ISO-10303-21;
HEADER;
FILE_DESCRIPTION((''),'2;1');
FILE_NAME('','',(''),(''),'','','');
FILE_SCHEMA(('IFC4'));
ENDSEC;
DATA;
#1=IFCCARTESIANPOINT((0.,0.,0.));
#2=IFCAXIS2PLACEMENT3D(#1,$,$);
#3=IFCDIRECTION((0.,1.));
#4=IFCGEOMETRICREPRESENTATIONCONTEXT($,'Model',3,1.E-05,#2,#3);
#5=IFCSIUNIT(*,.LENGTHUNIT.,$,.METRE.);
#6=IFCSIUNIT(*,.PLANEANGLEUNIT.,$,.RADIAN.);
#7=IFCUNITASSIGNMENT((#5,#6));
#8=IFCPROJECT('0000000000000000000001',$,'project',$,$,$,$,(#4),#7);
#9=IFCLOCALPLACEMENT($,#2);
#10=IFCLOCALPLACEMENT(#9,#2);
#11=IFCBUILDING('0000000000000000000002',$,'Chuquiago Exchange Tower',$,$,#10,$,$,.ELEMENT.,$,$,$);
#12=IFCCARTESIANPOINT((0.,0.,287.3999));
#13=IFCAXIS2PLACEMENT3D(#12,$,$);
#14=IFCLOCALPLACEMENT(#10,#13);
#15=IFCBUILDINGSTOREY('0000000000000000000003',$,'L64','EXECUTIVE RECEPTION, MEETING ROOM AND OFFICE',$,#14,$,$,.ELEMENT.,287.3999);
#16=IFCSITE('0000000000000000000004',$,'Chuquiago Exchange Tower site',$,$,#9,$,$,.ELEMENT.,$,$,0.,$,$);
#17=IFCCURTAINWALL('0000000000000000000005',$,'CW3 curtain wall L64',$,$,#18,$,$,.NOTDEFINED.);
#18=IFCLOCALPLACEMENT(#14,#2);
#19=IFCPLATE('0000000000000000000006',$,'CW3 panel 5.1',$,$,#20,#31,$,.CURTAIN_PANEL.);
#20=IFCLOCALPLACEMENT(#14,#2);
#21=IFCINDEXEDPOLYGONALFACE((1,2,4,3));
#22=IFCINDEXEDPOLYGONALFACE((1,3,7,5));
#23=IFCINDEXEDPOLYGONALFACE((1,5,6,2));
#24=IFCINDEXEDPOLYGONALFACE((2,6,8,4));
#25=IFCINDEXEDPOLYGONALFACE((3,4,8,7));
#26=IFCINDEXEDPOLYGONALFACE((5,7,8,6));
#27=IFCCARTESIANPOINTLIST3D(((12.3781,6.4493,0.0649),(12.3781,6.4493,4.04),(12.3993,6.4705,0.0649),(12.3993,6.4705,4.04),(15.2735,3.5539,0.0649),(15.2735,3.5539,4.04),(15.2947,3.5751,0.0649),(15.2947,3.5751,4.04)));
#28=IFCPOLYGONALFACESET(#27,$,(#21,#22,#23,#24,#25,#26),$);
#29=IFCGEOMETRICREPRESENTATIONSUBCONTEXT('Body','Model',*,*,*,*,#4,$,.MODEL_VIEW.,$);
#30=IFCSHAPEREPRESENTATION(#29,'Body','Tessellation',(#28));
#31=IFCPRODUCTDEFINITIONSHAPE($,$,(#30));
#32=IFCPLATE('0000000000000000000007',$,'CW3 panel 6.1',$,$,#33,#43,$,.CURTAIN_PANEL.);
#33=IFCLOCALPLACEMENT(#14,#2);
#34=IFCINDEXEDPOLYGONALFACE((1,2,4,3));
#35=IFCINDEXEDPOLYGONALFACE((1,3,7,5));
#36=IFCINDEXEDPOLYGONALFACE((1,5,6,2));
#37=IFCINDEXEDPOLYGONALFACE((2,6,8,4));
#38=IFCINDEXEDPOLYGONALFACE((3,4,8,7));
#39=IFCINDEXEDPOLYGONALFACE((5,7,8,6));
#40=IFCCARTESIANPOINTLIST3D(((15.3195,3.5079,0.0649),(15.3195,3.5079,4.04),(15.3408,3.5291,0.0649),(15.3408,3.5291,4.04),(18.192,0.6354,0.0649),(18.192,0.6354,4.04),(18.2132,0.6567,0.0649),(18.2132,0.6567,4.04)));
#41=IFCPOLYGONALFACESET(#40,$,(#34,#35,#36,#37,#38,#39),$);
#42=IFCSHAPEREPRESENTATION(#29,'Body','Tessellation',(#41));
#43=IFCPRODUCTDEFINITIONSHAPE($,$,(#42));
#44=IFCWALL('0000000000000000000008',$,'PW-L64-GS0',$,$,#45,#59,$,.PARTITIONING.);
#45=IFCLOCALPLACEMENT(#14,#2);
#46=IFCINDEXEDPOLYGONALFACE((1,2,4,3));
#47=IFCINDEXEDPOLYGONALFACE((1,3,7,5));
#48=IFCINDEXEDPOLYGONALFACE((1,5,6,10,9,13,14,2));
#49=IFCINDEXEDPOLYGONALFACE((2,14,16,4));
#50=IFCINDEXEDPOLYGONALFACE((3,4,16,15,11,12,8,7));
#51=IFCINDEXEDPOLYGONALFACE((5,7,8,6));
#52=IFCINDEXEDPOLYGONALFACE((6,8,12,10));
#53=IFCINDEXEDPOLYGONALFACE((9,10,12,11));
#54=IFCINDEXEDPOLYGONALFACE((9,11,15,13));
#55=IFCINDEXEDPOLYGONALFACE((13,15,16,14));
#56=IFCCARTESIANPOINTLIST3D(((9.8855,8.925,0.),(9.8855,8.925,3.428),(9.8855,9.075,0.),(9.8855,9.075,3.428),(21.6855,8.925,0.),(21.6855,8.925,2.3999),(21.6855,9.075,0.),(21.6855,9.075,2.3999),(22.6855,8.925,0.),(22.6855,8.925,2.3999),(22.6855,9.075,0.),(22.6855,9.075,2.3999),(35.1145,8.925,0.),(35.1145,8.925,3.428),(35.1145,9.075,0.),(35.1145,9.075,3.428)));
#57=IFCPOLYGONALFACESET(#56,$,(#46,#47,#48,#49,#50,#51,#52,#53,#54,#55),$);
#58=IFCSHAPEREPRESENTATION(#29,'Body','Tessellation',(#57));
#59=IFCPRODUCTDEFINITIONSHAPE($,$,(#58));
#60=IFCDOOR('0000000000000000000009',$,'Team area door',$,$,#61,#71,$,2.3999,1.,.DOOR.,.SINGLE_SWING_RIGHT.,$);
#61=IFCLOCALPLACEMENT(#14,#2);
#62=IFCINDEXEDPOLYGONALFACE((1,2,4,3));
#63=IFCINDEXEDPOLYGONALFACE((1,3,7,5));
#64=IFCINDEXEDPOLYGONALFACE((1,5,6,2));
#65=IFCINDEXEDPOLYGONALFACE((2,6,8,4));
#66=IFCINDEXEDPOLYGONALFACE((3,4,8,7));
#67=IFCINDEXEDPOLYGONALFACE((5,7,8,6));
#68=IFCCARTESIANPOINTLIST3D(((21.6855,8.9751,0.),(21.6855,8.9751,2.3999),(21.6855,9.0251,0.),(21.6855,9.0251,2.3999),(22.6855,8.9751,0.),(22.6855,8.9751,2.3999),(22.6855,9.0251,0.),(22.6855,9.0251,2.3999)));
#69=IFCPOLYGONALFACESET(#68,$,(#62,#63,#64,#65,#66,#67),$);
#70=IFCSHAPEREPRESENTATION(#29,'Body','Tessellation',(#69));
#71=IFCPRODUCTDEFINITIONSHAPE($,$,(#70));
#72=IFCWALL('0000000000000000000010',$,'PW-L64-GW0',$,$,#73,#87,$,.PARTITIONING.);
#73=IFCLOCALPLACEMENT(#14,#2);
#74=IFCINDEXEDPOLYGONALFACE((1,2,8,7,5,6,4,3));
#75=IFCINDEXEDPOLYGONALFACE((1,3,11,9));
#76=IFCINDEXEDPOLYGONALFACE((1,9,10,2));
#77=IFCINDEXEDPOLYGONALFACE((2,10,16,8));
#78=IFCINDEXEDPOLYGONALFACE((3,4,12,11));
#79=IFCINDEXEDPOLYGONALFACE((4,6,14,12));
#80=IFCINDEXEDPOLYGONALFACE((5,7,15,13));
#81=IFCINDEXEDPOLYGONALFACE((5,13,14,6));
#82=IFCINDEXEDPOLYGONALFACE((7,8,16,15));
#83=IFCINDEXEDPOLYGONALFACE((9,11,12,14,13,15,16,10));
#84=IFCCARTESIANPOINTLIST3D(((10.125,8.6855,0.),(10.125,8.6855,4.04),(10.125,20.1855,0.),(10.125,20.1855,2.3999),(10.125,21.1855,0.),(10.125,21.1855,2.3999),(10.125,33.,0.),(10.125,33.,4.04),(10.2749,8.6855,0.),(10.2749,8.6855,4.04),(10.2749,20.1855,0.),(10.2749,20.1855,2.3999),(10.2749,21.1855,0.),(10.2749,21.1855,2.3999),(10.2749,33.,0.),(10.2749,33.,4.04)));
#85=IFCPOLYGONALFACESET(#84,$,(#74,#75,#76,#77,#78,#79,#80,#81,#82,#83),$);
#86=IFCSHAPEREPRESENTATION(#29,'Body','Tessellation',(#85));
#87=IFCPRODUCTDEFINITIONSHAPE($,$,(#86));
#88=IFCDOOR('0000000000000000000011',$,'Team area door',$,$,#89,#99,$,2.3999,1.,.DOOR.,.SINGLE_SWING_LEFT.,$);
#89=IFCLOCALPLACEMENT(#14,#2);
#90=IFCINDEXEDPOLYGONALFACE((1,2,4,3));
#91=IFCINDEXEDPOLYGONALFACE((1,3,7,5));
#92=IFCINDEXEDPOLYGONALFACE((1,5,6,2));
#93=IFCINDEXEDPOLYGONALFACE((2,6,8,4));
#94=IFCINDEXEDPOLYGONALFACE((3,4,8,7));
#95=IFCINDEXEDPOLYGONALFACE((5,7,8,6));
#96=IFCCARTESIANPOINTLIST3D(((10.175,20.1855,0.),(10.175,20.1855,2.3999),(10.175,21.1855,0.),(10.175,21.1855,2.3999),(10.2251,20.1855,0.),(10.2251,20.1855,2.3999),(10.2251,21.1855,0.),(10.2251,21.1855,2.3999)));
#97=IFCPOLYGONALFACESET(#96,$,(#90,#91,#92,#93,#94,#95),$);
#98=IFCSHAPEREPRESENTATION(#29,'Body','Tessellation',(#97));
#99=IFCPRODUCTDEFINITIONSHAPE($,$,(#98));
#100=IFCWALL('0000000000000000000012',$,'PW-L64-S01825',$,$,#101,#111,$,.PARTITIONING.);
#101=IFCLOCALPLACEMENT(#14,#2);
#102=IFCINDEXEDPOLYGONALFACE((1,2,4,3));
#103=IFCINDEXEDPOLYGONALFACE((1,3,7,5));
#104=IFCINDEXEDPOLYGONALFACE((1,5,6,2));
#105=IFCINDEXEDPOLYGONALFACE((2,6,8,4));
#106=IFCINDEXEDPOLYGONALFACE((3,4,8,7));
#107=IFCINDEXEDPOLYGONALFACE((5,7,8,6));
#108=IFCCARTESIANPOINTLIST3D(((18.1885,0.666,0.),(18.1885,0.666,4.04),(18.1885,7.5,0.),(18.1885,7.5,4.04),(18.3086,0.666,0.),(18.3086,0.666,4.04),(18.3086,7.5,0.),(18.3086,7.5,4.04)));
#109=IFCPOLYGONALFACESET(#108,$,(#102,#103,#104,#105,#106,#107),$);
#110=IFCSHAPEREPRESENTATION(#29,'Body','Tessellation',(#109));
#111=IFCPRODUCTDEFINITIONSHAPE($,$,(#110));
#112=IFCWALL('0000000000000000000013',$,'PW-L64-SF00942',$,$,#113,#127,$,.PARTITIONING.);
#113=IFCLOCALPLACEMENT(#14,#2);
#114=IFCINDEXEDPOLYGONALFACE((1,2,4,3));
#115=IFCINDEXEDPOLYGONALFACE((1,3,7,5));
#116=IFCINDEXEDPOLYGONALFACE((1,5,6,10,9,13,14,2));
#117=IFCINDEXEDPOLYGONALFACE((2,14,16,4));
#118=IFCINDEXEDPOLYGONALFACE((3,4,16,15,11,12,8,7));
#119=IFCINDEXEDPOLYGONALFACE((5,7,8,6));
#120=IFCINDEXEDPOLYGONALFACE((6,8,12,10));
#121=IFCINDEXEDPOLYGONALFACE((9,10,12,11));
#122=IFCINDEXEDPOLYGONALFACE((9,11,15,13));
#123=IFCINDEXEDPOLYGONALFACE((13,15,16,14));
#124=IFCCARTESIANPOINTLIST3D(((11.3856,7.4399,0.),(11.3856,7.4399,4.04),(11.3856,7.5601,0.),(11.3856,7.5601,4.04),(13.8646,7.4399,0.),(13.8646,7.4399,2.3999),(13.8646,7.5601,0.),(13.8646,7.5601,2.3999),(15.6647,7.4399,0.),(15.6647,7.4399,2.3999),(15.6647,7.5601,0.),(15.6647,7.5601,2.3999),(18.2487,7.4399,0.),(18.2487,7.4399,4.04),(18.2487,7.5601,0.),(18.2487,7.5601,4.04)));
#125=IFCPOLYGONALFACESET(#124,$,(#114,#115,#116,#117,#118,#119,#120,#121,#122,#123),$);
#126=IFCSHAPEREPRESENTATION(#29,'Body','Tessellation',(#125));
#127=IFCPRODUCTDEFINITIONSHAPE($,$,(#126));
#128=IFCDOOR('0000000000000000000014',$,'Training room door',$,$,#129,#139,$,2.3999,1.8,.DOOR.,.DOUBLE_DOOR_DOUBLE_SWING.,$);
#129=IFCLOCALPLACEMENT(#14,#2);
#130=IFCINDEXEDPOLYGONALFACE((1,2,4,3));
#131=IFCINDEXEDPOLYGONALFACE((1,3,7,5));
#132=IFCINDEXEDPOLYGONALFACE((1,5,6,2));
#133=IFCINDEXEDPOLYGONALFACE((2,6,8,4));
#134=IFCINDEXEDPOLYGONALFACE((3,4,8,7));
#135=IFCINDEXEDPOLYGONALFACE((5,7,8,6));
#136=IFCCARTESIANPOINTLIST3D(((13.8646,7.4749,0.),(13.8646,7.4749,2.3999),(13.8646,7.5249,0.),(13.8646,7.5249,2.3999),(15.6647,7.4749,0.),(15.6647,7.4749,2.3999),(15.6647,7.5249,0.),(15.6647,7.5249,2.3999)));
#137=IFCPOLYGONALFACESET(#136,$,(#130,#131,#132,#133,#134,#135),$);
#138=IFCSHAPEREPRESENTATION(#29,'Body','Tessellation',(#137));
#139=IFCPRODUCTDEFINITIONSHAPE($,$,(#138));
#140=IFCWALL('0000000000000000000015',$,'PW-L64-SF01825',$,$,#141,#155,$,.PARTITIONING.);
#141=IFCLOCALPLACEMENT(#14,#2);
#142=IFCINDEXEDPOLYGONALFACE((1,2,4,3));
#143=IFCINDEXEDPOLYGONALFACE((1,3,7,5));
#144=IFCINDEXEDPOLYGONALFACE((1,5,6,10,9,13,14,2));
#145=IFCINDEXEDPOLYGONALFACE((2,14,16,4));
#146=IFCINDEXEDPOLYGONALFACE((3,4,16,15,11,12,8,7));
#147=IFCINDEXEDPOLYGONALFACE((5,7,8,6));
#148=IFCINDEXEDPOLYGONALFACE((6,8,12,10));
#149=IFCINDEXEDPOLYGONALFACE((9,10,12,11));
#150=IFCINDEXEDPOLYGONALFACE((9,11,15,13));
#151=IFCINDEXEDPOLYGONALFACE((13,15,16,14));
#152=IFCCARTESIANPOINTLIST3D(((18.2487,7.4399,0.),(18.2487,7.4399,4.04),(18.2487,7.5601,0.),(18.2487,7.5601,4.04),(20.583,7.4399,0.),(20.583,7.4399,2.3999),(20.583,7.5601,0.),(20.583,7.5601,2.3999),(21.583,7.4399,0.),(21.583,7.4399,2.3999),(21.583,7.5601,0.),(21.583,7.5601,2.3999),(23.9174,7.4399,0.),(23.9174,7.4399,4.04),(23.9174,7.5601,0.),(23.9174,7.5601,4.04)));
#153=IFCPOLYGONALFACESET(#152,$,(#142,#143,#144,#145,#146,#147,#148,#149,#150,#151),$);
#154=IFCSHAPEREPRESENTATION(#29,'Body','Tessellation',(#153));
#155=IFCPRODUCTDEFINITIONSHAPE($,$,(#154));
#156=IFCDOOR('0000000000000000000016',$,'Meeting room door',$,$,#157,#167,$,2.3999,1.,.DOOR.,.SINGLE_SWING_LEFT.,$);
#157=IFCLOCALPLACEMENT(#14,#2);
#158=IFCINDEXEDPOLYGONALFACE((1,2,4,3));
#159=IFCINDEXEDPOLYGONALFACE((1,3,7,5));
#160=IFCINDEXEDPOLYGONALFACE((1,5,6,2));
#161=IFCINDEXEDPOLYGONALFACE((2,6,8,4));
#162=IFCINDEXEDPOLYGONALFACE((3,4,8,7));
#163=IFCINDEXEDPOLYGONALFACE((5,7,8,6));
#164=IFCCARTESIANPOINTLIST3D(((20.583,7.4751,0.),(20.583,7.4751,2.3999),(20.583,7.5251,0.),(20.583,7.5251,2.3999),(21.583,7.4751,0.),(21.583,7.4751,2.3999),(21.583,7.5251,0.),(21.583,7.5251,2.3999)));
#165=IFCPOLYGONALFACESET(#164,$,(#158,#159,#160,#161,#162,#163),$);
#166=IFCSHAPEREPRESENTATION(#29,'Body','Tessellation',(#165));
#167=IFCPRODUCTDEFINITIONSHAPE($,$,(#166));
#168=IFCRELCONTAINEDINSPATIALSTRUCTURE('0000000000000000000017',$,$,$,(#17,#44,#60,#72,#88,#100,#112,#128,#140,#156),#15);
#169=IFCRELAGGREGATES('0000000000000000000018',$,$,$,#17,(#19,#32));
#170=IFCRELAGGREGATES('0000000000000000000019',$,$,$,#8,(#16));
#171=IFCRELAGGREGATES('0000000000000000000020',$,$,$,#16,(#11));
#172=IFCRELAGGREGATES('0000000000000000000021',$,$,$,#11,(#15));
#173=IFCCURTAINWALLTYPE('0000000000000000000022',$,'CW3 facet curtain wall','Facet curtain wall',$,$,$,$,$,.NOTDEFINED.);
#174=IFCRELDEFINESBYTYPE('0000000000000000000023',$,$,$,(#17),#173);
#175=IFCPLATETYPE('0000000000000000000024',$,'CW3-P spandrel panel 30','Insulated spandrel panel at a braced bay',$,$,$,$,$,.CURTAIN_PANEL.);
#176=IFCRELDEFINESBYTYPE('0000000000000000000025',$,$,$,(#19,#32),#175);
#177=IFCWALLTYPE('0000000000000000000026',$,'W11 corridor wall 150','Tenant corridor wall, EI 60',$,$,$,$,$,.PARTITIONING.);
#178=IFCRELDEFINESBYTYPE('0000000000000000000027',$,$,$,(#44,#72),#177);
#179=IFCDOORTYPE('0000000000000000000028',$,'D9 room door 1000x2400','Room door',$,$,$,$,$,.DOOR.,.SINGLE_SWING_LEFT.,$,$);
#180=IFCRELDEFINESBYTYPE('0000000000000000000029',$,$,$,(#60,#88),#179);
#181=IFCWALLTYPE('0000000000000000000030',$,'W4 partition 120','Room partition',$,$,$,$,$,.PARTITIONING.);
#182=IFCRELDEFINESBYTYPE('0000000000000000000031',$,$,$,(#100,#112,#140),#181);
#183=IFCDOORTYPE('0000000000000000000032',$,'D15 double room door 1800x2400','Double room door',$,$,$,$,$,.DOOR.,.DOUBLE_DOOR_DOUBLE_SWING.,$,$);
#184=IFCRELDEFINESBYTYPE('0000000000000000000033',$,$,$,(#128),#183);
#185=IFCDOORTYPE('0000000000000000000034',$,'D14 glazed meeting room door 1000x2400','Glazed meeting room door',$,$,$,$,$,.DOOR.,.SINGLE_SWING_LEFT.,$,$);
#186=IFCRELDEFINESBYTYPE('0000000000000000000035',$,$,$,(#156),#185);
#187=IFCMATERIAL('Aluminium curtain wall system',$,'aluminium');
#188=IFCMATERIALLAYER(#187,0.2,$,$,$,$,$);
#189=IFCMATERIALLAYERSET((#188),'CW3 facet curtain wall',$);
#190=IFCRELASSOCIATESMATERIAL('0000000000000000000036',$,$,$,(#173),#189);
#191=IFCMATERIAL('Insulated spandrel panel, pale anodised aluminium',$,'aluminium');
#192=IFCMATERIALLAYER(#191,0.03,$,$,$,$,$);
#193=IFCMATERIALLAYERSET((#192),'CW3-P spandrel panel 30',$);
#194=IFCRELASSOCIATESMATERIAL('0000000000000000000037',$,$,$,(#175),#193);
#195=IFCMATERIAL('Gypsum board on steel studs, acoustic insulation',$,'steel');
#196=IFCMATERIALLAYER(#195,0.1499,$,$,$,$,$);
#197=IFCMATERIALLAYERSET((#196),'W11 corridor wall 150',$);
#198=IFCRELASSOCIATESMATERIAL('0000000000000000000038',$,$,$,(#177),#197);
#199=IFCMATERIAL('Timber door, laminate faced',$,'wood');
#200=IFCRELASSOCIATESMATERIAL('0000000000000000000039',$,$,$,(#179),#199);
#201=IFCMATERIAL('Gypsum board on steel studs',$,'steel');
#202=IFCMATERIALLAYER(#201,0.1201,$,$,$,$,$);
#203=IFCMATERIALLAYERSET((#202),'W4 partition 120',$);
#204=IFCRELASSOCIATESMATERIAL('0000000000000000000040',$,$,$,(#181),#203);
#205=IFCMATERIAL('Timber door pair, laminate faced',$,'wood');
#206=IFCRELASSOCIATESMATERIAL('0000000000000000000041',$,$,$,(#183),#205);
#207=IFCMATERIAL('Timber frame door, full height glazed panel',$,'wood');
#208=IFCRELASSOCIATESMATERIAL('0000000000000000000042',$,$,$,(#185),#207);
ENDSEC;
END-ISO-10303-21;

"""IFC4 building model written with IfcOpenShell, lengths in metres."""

from ifc_helpers import new_model, si_unit, direction, frame, frame_2d, origin, origin_2d, place, context, subcontext, project, spatial, rectangle, extrude, material, layer, layer_set, type_object, element, fill, aggregate, save


model = new_model("IFC4")

# Units and contexts
model_context = context("Model", 3, precision=1e-05, world=origin(), true_north=direction((0.0, 1.0)))
body_context = subcontext(model_context, "Body", "Model", "MODEL_VIEW")
ifc_project = project(units=[si_unit("LENGTHUNIT", "METRE"), si_unit("PLANEANGLEUNIT", "RADIAN")], contexts=[model_context])

# Site, building, storey
site_placement = place(None, origin())
site = spatial("IfcSite", under=ifc_project, at=site_placement, Name="Chuquiago Exchange Tower site", CompositionType="ELEMENT", RefElevation=0.0)
building_placement = place(site_placement, origin())
building = spatial("IfcBuilding", under=site, at=building_placement, Name="Chuquiago Exchange Tower", CompositionType="ELEMENT")
storey_placement = place(building_placement, frame((0.0, 0.0, 287.3999)))
storey = spatial("IfcBuildingStorey", under=building, at=storey_placement, Name="L64", Description="EXECUTIVE RECEPTION, MEETING ROOM AND OFFICE", CompositionType="ELEMENT", Elevation=287.3999)

# Curtain wall
ifc_material_1 = material(Name="Aluminium curtain wall system", Category="aluminium")
ifc_layer_1 = layer(ifc_material_1, 0.2)
ifc_layer_set_1 = layer_set([ifc_layer_1], Name="CW3 facet curtain wall")
curtain_wall_type = type_object("IfcCurtainWallType", Name="CW3 facet curtain wall", Description="Facet curtain wall", PredefinedType="NOTDEFINED", material=ifc_layer_set_1)
curtain_wall_placement = place(storey_placement, origin())
curtain_wall = element("IfcCurtainWall", 1, at=curtain_wall_placement, inside=storey, type_object=curtain_wall_type, Name="CW3 curtain wall L64", PredefinedType="NOTDEFINED")

# Plates
ifc_material_2 = material(Name="Insulated spandrel panel, pale anodised aluminium", Category="aluminium")
ifc_layer_2 = layer(ifc_material_2, 0.03)
ifc_layer_set_2 = layer_set([ifc_layer_2], Name="CW3-P spandrel panel 30")
plate_type = type_object("IfcPlateType", Name="CW3-P spandrel panel 30", Description="Insulated spandrel panel at a braced bay", PredefinedType="CURTAIN_PANEL", material=ifc_layer_set_2)
plate_1_placement = place(storey_placement, frame((13.8364, 5.0122, 0.0649), z_axis=(0.0, 0.0, 1.0), x_axis=(0.707107, -0.707107, 0.0)))
plate_1 = element("IfcPlate", 2, at=plate_1_placement, type_object=plate_type, Name="CW3 panel 5.1", PredefinedType="CURTAIN_PANEL", context=body_context, shape_type="SweptSolid", body=[
    extrude(rectangle(XDim=4.0947, YDim=0.03, at=origin_2d()), origin(), (0.0, 0.0, 1.0), 3.9751),
])
plate_2_placement = place(storey_placement, frame((16.7664, 2.0823, 0.0649), z_axis=(0.0, 0.0, 1.0), x_axis=(0.707107, -0.707107, 0.0)))
plate_2 = element("IfcPlate", 3, at=plate_2_placement, type_object=plate_type, Name="CW3 panel 6.1", PredefinedType="CURTAIN_PANEL", context=body_context, shape_type="SweptSolid", body=[
    extrude(rectangle(XDim=4.0623, YDim=0.03, at=origin_2d()), origin(), (0.0, 0.0, 1.0), 3.9751),
])
aggregate(curtain_wall, [plate_1, plate_2])

# Walls, openings, doors
ifc_material_3 = material(Name="Gypsum board on steel studs, acoustic insulation", Category="steel")
ifc_layer_3 = layer(ifc_material_3, 0.1499)
ifc_layer_set_3 = layer_set([ifc_layer_3], Name="W11 corridor wall 150")
wall_type_1 = type_object("IfcWallType", Name="W11 corridor wall 150", Description="Tenant corridor wall, EI 60", PredefinedType="PARTITIONING", material=ifc_layer_set_3)
wall_1_placement = place(storey_placement, frame((9.8855, 9.0, 0.0), z_axis=(0.0, 0.0, 1.0), x_axis=(1.0, 0.0, 0.0)))
wall_1 = element("IfcWall", 4, at=wall_1_placement, inside=storey, type_object=wall_type_1, Name="PW-L64-GS0", PredefinedType="PARTITIONING", context=body_context, shape_type="SweptSolid", body=[
    extrude(rectangle(XDim=25.229, YDim=0.1499, at=frame_2d((12.6145, 0.0))), origin(), (0.0, 0.0, 1.0), 3.428),
])
opening_1_placement = place(wall_1_placement, frame((11.8, 0.0, 0.0)))
opening_1 = element("IfcOpeningElement", 5, at=opening_1_placement, cuts=wall_1, PredefinedType="OPENING", context=body_context, shape_type="SweptSolid", body=[
    extrude(rectangle(XDim=1.0, YDim=2.3999, at=frame_2d((0.5, 1.2))), frame((0.0, 0.085, 0.0), z_axis=(0.0, -1.0, 0.0), x_axis=(1.0, 0.0, 0.0)), (0.0, 0.0, 1.0), 0.1699),
])
ifc_material_4 = material(Name="Timber door, laminate faced", Category="wood")
door_type_1 = type_object("IfcDoorType", Name="D9 room door 1000x2400", Description="Room door", OperationType="SINGLE_SWING_LEFT", PredefinedType="DOOR", material=ifc_material_4)
door_1_placement = place(opening_1_placement, frame((1.0, 0.0, 0.0), z_axis=(0.0, 0.0, 1.0), x_axis=(-1.0, 0.0, 0.0)))
door_1 = element("IfcDoor", 6, at=door_1_placement, inside=storey, type_object=door_type_1, Name="Team area door", OperationType="SINGLE_SWING_RIGHT", OverallHeight=2.3999, OverallWidth=1.0, PredefinedType="DOOR", context=body_context, shape_type="SweptSolid", body=[
    extrude(rectangle(XDim=1.0, YDim=2.3999, at=frame_2d((0.5, 1.2))), frame((0.0, 0.0249, 0.0), z_axis=(0.0, -1.0, 0.0), x_axis=(1.0, 0.0, 0.0)), (0.0, 0.0, 1.0), 0.05),
])
fill(opening_1, door_1)
wall_2_placement = place(storey_placement, frame((10.2, 8.6855, 0.0), z_axis=(0.0, 0.0, 1.0), x_axis=(0.0, 1.0, 0.0)))
wall_2 = element("IfcWall", 7, at=wall_2_placement, inside=storey, type_object=wall_type_1, Name="PW-L64-GW0", PredefinedType="PARTITIONING", context=body_context, shape_type="SweptSolid", body=[
    extrude(rectangle(XDim=24.3145, YDim=0.1499, at=frame_2d((12.1572, 0.0))), origin(), (0.0, 0.0, 1.0), 4.04),
])
opening_2_placement = place(wall_2_placement, frame((11.5, 0.0, 0.0)))
opening_2 = element("IfcOpeningElement", 8, at=opening_2_placement, cuts=wall_2, PredefinedType="OPENING", context=body_context, shape_type="SweptSolid", body=[
    extrude(rectangle(XDim=1.0, YDim=2.3999, at=frame_2d((0.5, 1.2))), frame((0.0, 0.085, 0.0), z_axis=(0.0, -1.0, 0.0), x_axis=(1.0, 0.0, 0.0)), (0.0, 0.0, 1.0), 0.1699),
])
door_2_placement = place(opening_2_placement, origin())
door_2 = element("IfcDoor", 9, at=door_2_placement, inside=storey, type_object=door_type_1, Name="Team area door", OperationType="SINGLE_SWING_LEFT", OverallHeight=2.3999, OverallWidth=1.0, PredefinedType="DOOR", context=body_context, shape_type="SweptSolid", body=[
    extrude(rectangle(XDim=1.0, YDim=2.3999, at=frame_2d((0.5, 1.2))), frame((0.0, 0.0249, 0.0), z_axis=(0.0, -1.0, 0.0), x_axis=(1.0, 0.0, 0.0)), (0.0, 0.0, 1.0), 0.05),
])
fill(opening_2, door_2)

# Wall
ifc_material_5 = material(Name="Gypsum board on steel studs", Category="steel")
ifc_layer_4 = layer(ifc_material_5, 0.1201)
ifc_layer_set_4 = layer_set([ifc_layer_4], Name="W4 partition 120")
wall_type_2 = type_object("IfcWallType", Name="W4 partition 120", Description="Room partition", PredefinedType="PARTITIONING", material=ifc_layer_set_4)
wall_3_placement = place(storey_placement, frame((18.2485, 0.666, 0.0), z_axis=(0.0, 0.0, 1.0), x_axis=(0.0, 1.0, 0.0)))
element("IfcWall", 10, at=wall_3_placement, inside=storey, type_object=wall_type_2, Name="PW-L64-S01825", PredefinedType="PARTITIONING", context=body_context, shape_type="SweptSolid", body=[
    extrude(rectangle(XDim=6.834, YDim=0.1201, at=frame_2d((3.417, 0.0))), origin(), (0.0, 0.0, 1.0), 4.04),
])

# Walls, openings, doors
wall_4_placement = place(storey_placement, frame((11.3855, 7.5, 0.0), z_axis=(0.0, 0.0, 1.0), x_axis=(1.0, 0.0, 0.0)))
wall_4 = element("IfcWall", 11, at=wall_4_placement, inside=storey, type_object=wall_type_2, Name="PW-L64-SF00942", PredefinedType="PARTITIONING", context=body_context, shape_type="SweptSolid", body=[
    extrude(rectangle(XDim=6.863, YDim=0.1201, at=frame_2d((3.4316, 0.0))), origin(), (0.0, 0.0, 1.0), 4.04),
])
opening_3_placement = place(wall_4_placement, frame((2.4792, 0.0, 0.0)))
opening_3 = element("IfcOpeningElement", 12, at=opening_3_placement, cuts=wall_4, PredefinedType="OPENING", context=body_context, shape_type="SweptSolid", body=[
    extrude(rectangle(XDim=1.8, YDim=2.3999, at=frame_2d((0.8999, 1.2))), frame((0.0, 0.0701, 0.0), z_axis=(0.0, -1.0, 0.0), x_axis=(1.0, 0.0, 0.0)), (0.0, 0.0, 1.0), 0.1401),
])
ifc_material_6 = material(Name="Timber door pair, laminate faced", Category="wood")
door_type_2 = type_object("IfcDoorType", Name="D15 double room door 1800x2400", Description="Double room door", OperationType="DOUBLE_DOOR_DOUBLE_SWING", PredefinedType="DOOR", material=ifc_material_6)
door_3_placement = place(opening_3_placement, origin())
door_3 = element("IfcDoor", 13, at=door_3_placement, inside=storey, type_object=door_type_2, Name="Training room door", OperationType="DOUBLE_DOOR_DOUBLE_SWING", OverallHeight=2.3999, OverallWidth=1.8, PredefinedType="DOOR", context=body_context, shape_type="SweptSolid", body=[
    extrude(rectangle(XDim=1.8, YDim=2.3999, at=frame_2d((0.8999, 1.2))), frame((0.0, 0.0249, 0.0), z_axis=(0.0, -1.0, 0.0), x_axis=(1.0, 0.0, 0.0)), (0.0, 0.0, 1.0), 0.05),
])
fill(opening_3, door_3)
wall_5_placement = place(storey_placement, frame((18.2485, 7.5, 0.0), z_axis=(0.0, 0.0, 1.0), x_axis=(1.0, 0.0, 0.0)))
wall_5 = element("IfcWall", 14, at=wall_5_placement, inside=storey, type_object=wall_type_2, Name="PW-L64-SF01825", PredefinedType="PARTITIONING", context=body_context, shape_type="SweptSolid", body=[
    extrude(rectangle(XDim=5.6687, YDim=0.1201, at=frame_2d((2.8345, 0.0))), origin(), (0.0, 0.0, 1.0), 4.04),
])
opening_4_placement = place(wall_5_placement, frame((2.3345, 0.0, 0.0)))
opening_4 = element("IfcOpeningElement", 15, at=opening_4_placement, cuts=wall_5, PredefinedType="OPENING", context=body_context, shape_type="SweptSolid", body=[
    extrude(rectangle(XDim=1.0, YDim=2.3999, at=frame_2d((0.5, 1.2))), frame((0.0, 0.0701, 0.0), z_axis=(0.0, -1.0, 0.0), x_axis=(1.0, 0.0, 0.0)), (0.0, 0.0, 1.0), 0.1401),
])
ifc_material_7 = material(Name="Timber frame door, full height glazed panel", Category="wood")
door_type_3 = type_object("IfcDoorType", Name="D14 glazed meeting room door 1000x2400", Description="Glazed meeting room door", OperationType="SINGLE_SWING_LEFT", PredefinedType="DOOR", material=ifc_material_7)
door_4_placement = place(opening_4_placement, frame((1.0, 0.0, 0.0), z_axis=(0.0, 0.0, 1.0), x_axis=(-1.0, 0.0, 0.0)))
door_4 = element("IfcDoor", 16, at=door_4_placement, inside=storey, type_object=door_type_3, Name="Meeting room door", OperationType="SINGLE_SWING_LEFT", OverallHeight=2.3999, OverallWidth=1.0, PredefinedType="DOOR", context=body_context, shape_type="SweptSolid", body=[
    extrude(rectangle(XDim=1.0, YDim=2.3999, at=frame_2d((0.5, 1.2))), frame((0.0, 0.0249, 0.0), z_axis=(0.0, -1.0, 0.0), x_axis=(1.0, 0.0, 0.0)), (0.0, 0.0, 1.0), 0.05),
])
fill(opening_4, door_4)

save(model, "model.ifc")
